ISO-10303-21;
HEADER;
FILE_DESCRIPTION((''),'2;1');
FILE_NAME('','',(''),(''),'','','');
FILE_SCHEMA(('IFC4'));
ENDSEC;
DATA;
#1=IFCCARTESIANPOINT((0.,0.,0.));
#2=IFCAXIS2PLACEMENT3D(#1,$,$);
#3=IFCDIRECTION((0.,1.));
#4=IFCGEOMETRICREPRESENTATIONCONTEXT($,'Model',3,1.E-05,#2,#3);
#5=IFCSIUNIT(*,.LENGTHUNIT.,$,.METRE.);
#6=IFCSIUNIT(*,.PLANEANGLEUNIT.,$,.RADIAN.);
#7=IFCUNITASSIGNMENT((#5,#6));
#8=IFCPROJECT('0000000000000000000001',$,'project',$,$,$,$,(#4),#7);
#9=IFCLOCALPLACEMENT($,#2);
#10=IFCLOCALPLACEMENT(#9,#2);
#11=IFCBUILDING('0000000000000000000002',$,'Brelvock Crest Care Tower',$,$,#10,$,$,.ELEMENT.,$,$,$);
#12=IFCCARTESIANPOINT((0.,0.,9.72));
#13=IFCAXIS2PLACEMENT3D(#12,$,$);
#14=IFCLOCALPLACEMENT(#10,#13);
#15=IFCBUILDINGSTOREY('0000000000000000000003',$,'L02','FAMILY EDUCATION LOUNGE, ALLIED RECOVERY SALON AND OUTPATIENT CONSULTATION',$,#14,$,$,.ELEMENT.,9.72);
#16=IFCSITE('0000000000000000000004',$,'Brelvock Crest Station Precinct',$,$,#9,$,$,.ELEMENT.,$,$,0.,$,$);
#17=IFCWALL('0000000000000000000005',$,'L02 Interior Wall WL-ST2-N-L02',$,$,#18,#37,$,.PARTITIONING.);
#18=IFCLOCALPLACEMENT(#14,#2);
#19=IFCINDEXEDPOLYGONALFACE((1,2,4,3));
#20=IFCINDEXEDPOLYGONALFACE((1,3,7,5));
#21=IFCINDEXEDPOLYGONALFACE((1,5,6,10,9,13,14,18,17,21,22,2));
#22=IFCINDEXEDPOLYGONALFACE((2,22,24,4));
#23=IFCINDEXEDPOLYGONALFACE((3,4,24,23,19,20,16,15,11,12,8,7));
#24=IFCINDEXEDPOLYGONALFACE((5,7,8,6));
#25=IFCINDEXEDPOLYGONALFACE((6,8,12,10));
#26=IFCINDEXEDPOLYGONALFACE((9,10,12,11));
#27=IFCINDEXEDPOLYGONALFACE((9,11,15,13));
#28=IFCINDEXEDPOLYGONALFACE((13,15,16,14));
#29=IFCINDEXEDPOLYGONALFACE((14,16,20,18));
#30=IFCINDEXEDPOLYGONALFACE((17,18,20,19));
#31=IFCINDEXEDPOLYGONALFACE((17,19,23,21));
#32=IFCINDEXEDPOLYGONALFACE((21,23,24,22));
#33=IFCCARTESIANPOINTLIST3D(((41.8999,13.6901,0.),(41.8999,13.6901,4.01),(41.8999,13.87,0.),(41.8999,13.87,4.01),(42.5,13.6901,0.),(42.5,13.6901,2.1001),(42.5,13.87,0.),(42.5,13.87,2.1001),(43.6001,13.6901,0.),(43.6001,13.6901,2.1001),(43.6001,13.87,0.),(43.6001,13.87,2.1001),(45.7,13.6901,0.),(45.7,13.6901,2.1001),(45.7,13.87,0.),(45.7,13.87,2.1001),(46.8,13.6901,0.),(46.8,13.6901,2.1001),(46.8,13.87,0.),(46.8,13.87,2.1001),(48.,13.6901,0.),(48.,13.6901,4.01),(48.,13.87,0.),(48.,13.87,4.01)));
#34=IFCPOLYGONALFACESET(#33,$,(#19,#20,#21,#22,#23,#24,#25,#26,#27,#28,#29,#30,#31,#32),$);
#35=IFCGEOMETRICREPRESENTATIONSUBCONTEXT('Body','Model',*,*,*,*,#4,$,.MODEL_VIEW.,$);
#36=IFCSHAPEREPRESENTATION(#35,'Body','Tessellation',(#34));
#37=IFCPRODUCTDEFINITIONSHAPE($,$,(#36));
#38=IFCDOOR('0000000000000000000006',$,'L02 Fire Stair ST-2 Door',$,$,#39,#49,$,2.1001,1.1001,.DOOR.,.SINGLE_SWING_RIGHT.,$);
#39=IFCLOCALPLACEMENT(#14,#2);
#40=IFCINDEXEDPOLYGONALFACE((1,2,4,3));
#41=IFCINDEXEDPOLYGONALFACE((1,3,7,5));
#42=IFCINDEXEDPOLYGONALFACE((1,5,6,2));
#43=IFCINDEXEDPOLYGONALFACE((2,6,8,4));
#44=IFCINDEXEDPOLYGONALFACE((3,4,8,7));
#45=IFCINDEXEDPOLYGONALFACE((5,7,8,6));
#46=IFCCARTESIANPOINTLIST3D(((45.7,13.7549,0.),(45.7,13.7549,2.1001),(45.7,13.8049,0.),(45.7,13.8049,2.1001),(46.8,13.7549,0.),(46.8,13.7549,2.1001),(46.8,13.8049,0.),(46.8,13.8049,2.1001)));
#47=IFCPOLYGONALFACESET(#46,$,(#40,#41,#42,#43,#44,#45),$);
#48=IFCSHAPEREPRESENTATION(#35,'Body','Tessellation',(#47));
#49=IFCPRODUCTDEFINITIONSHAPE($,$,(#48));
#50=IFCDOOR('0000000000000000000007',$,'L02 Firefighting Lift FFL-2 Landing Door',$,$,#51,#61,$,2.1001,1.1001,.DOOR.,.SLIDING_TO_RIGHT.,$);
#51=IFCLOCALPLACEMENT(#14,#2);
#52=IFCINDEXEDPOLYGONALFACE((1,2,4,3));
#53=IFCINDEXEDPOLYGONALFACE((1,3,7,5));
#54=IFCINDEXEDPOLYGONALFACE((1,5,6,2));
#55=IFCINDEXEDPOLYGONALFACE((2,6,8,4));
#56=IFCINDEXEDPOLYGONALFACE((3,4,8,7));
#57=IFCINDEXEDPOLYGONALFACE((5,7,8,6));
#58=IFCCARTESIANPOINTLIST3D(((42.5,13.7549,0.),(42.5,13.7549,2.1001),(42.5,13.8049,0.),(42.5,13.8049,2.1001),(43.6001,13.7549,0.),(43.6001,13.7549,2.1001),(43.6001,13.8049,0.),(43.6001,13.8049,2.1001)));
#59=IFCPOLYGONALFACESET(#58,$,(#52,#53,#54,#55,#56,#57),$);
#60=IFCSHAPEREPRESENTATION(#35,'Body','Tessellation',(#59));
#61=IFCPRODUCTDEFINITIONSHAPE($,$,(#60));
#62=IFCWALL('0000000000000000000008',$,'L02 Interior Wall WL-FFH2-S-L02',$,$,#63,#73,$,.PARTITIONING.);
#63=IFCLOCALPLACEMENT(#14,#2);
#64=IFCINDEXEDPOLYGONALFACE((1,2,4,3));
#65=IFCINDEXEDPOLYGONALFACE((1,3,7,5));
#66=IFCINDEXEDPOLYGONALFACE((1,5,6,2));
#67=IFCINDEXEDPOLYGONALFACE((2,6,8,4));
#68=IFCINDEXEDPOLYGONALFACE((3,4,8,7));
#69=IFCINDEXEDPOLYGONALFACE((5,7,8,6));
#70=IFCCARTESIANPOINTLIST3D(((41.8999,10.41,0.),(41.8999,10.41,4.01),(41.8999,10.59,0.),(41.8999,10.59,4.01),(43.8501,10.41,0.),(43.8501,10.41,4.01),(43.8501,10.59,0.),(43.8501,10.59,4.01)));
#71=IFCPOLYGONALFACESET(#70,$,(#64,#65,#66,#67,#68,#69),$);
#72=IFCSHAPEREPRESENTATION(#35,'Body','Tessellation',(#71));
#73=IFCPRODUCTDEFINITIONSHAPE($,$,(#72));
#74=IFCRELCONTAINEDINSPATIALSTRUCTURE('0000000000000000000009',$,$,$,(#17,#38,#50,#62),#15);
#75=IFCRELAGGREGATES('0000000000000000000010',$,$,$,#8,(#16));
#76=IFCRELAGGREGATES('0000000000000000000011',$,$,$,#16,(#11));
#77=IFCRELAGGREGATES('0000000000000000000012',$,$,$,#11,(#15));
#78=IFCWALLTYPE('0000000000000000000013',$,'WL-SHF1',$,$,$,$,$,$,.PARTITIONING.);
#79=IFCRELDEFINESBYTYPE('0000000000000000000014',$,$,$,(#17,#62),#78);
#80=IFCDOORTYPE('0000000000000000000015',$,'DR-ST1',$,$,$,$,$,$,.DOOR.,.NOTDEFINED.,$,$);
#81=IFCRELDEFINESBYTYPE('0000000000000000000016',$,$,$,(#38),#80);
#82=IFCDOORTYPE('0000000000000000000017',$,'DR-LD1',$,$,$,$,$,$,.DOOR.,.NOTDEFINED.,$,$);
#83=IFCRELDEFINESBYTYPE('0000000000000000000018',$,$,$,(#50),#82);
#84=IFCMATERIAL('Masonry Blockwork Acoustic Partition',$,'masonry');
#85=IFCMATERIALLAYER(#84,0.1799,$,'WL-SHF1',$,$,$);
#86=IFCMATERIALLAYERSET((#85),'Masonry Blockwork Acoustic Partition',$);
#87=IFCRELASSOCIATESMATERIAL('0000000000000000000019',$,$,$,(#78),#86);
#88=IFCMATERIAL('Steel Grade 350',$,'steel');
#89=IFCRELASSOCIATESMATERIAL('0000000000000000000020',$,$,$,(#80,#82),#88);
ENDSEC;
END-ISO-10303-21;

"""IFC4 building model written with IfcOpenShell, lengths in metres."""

from ifc_helpers import new_model, si_unit, direction, frame, frame_2d, origin, origin_2d, place, context, subcontext, project, spatial, rectangle, extrude, source, transform, mapped, material, layer, layer_set, type_object, element, fill, save


model = new_model("IFC4")

# Units and contexts
model_context = context("Model", 3, precision=1e-05, world=origin(), true_north=direction((0.0, 1.0)))
body_context = subcontext(model_context, "Body", "Model", "MODEL_VIEW")
ifc_project = project(units=[si_unit("LENGTHUNIT", "METRE"), si_unit("PLANEANGLEUNIT", "RADIAN")], contexts=[model_context])

# Site, building, storey
site_placement = place(None, origin())
site = spatial("IfcSite", under=ifc_project, at=site_placement, Name="Brelvock Crest Station Precinct", CompositionType="ELEMENT", RefElevation=0.0)
building_placement = place(site_placement, origin())
building = spatial("IfcBuilding", under=site, at=building_placement, Name="Brelvock Crest Care Tower", CompositionType="ELEMENT")
storey_placement = place(building_placement, frame((0.0, 0.0, 9.72)))
storey = spatial("IfcBuildingStorey", under=building, at=storey_placement, Name="L02", Description="FAMILY EDUCATION LOUNGE, ALLIED RECOVERY SALON AND OUTPATIENT CONSULTATION", CompositionType="ELEMENT", Elevation=9.72)

# Shared definitions
ifc_material_1 = material(Name="Steel Grade 350", Category="steel")

# Shared definitions
ifc_material_2 = material(Name="Masonry Blockwork Acoustic Partition", Category="masonry")
ifc_layer_1 = layer(ifc_material_2, 0.1799, Name="WL-SHF1")
ifc_layer_set_1 = layer_set([ifc_layer_1], Name="Masonry Blockwork Acoustic Partition")
wall_type_1 = type_object("IfcWallType", Name="WL-SHF1", PredefinedType="PARTITIONING", material=ifc_layer_set_1)

# Wall, openings, doors
wall_1_placement = place(storey_placement, frame((41.8999, 13.78, 0.0), z_axis=(0.0, 0.0, 1.0), x_axis=(1.0, 0.0, 0.0)))
wall_1 = element("IfcWall", 1, at=wall_1_placement, inside=storey, type_object=wall_type_1, Name="L02 Interior Wall WL-ST2-N-L02", PredefinedType="PARTITIONING", context=body_context, shape_type="SweptSolid", body=[
    extrude(rectangle(XDim=6.1001, YDim=0.1799, at=frame_2d((3.05, 0.0))), origin(), (0.0, 0.0, 1.0), 4.01),
])
opening_1_placement = place(wall_1_placement, frame((0.6001, 0.0, 0.0)))
opening_1 = element("IfcOpeningElement", 2, at=opening_1_placement, cuts=wall_1, PredefinedType="OPENING", context=body_context, shape_type="SweptSolid", body=[
    extrude(rectangle(XDim=1.1001, YDim=2.1001, at=origin_2d()), frame((0.55, 0.1001, 1.05), z_axis=(0.0, -1.0, 0.0), x_axis=(1.0, 0.0, 0.0)), (0.0, 0.0, 1.0), 0.2),
])
opening_2_placement = place(wall_1_placement, frame((3.8, 0.0, 0.0)))
opening_2 = element("IfcOpeningElement", 3, at=opening_2_placement, cuts=wall_1, PredefinedType="OPENING", context=body_context, shape_type="SweptSolid", body=[
    extrude(rectangle(XDim=1.1001, YDim=2.1001, at=origin_2d()), frame((0.55, 0.1001, 1.05), z_axis=(0.0, -1.0, 0.0), x_axis=(1.0, 0.0, 0.0)), (0.0, 0.0, 1.0), 0.2),
])
door_type_1 = type_object("IfcDoorType", Name="DR-ST1", OperationType="NOTDEFINED", PredefinedType="DOOR", material=ifc_material_1)
shared_shape_1 = source(origin(), body_context, "Body", "SweptSolid", [
    extrude(rectangle(XDim=1.1001, YDim=2.1001, at=origin_2d()), frame((0.55, 0.0249, 1.05), z_axis=(0.0, -1.0, 0.0), x_axis=(1.0, 0.0, 0.0)), (0.0, 0.0, 1.0), 0.05),
])
door_1_placement = place(opening_2_placement, origin())
door_1 = element("IfcDoor", 4, at=door_1_placement, inside=storey, type_object=door_type_1, Name="L02 Fire Stair ST-2 Door", OperationType="SINGLE_SWING_RIGHT", OverallHeight=2.1001, OverallWidth=1.1001, PredefinedType="DOOR", context=body_context, shape_type="MappedRepresentation", body=[
    mapped(shared_shape_1, transform((0.0, 0.0, 0.0), x_axis=(1.0, 0.0, 0.0), y_axis=(0.0, 1.0, 0.0), z_axis=(0.0, 0.0, 1.0), scale=1.0)),
])
fill(opening_2, door_1)
door_type_2 = type_object("IfcDoorType", Name="DR-LD1", OperationType="NOTDEFINED", PredefinedType="DOOR", material=ifc_material_1)
shared_shape_2 = source(origin(), body_context, "Body", "SweptSolid", [
    extrude(rectangle(XDim=1.1001, YDim=2.1001, at=origin_2d()), frame((0.55, 0.0249, 1.05), z_axis=(0.0, -1.0, 0.0), x_axis=(1.0, 0.0, 0.0)), (0.0, 0.0, 1.0), 0.05),
])
door_2_placement = place(opening_1_placement, origin())
door_2 = element("IfcDoor", 5, at=door_2_placement, inside=storey, type_object=door_type_2, Name="L02 Firefighting Lift FFL-2 Landing Door", OperationType="SLIDING_TO_RIGHT", OverallHeight=2.1001, OverallWidth=1.1001, PredefinedType="DOOR", context=body_context, shape_type="MappedRepresentation", body=[
    mapped(shared_shape_2, transform((0.0, 0.0, 0.0), x_axis=(1.0, 0.0, 0.0), y_axis=(0.0, 1.0, 0.0), z_axis=(0.0, 0.0, 1.0), scale=1.0)),
])
fill(opening_1, door_2)

# Wall
wall_2_placement = place(storey_placement, frame((41.8999, 10.5, 0.0), z_axis=(0.0, 0.0, 1.0), x_axis=(1.0, 0.0, 0.0)))
element("IfcWall", 6, at=wall_2_placement, inside=storey, type_object=wall_type_1, Name="L02 Interior Wall WL-FFH2-S-L02", PredefinedType="PARTITIONING", context=body_context, shape_type="SweptSolid", body=[
    extrude(rectangle(XDim=1.9502, YDim=0.1799, at=frame_2d((0.9751, 0.0))), origin(), (0.0, 0.0, 1.0), 4.01),
])

save(model, "model.ifc")
